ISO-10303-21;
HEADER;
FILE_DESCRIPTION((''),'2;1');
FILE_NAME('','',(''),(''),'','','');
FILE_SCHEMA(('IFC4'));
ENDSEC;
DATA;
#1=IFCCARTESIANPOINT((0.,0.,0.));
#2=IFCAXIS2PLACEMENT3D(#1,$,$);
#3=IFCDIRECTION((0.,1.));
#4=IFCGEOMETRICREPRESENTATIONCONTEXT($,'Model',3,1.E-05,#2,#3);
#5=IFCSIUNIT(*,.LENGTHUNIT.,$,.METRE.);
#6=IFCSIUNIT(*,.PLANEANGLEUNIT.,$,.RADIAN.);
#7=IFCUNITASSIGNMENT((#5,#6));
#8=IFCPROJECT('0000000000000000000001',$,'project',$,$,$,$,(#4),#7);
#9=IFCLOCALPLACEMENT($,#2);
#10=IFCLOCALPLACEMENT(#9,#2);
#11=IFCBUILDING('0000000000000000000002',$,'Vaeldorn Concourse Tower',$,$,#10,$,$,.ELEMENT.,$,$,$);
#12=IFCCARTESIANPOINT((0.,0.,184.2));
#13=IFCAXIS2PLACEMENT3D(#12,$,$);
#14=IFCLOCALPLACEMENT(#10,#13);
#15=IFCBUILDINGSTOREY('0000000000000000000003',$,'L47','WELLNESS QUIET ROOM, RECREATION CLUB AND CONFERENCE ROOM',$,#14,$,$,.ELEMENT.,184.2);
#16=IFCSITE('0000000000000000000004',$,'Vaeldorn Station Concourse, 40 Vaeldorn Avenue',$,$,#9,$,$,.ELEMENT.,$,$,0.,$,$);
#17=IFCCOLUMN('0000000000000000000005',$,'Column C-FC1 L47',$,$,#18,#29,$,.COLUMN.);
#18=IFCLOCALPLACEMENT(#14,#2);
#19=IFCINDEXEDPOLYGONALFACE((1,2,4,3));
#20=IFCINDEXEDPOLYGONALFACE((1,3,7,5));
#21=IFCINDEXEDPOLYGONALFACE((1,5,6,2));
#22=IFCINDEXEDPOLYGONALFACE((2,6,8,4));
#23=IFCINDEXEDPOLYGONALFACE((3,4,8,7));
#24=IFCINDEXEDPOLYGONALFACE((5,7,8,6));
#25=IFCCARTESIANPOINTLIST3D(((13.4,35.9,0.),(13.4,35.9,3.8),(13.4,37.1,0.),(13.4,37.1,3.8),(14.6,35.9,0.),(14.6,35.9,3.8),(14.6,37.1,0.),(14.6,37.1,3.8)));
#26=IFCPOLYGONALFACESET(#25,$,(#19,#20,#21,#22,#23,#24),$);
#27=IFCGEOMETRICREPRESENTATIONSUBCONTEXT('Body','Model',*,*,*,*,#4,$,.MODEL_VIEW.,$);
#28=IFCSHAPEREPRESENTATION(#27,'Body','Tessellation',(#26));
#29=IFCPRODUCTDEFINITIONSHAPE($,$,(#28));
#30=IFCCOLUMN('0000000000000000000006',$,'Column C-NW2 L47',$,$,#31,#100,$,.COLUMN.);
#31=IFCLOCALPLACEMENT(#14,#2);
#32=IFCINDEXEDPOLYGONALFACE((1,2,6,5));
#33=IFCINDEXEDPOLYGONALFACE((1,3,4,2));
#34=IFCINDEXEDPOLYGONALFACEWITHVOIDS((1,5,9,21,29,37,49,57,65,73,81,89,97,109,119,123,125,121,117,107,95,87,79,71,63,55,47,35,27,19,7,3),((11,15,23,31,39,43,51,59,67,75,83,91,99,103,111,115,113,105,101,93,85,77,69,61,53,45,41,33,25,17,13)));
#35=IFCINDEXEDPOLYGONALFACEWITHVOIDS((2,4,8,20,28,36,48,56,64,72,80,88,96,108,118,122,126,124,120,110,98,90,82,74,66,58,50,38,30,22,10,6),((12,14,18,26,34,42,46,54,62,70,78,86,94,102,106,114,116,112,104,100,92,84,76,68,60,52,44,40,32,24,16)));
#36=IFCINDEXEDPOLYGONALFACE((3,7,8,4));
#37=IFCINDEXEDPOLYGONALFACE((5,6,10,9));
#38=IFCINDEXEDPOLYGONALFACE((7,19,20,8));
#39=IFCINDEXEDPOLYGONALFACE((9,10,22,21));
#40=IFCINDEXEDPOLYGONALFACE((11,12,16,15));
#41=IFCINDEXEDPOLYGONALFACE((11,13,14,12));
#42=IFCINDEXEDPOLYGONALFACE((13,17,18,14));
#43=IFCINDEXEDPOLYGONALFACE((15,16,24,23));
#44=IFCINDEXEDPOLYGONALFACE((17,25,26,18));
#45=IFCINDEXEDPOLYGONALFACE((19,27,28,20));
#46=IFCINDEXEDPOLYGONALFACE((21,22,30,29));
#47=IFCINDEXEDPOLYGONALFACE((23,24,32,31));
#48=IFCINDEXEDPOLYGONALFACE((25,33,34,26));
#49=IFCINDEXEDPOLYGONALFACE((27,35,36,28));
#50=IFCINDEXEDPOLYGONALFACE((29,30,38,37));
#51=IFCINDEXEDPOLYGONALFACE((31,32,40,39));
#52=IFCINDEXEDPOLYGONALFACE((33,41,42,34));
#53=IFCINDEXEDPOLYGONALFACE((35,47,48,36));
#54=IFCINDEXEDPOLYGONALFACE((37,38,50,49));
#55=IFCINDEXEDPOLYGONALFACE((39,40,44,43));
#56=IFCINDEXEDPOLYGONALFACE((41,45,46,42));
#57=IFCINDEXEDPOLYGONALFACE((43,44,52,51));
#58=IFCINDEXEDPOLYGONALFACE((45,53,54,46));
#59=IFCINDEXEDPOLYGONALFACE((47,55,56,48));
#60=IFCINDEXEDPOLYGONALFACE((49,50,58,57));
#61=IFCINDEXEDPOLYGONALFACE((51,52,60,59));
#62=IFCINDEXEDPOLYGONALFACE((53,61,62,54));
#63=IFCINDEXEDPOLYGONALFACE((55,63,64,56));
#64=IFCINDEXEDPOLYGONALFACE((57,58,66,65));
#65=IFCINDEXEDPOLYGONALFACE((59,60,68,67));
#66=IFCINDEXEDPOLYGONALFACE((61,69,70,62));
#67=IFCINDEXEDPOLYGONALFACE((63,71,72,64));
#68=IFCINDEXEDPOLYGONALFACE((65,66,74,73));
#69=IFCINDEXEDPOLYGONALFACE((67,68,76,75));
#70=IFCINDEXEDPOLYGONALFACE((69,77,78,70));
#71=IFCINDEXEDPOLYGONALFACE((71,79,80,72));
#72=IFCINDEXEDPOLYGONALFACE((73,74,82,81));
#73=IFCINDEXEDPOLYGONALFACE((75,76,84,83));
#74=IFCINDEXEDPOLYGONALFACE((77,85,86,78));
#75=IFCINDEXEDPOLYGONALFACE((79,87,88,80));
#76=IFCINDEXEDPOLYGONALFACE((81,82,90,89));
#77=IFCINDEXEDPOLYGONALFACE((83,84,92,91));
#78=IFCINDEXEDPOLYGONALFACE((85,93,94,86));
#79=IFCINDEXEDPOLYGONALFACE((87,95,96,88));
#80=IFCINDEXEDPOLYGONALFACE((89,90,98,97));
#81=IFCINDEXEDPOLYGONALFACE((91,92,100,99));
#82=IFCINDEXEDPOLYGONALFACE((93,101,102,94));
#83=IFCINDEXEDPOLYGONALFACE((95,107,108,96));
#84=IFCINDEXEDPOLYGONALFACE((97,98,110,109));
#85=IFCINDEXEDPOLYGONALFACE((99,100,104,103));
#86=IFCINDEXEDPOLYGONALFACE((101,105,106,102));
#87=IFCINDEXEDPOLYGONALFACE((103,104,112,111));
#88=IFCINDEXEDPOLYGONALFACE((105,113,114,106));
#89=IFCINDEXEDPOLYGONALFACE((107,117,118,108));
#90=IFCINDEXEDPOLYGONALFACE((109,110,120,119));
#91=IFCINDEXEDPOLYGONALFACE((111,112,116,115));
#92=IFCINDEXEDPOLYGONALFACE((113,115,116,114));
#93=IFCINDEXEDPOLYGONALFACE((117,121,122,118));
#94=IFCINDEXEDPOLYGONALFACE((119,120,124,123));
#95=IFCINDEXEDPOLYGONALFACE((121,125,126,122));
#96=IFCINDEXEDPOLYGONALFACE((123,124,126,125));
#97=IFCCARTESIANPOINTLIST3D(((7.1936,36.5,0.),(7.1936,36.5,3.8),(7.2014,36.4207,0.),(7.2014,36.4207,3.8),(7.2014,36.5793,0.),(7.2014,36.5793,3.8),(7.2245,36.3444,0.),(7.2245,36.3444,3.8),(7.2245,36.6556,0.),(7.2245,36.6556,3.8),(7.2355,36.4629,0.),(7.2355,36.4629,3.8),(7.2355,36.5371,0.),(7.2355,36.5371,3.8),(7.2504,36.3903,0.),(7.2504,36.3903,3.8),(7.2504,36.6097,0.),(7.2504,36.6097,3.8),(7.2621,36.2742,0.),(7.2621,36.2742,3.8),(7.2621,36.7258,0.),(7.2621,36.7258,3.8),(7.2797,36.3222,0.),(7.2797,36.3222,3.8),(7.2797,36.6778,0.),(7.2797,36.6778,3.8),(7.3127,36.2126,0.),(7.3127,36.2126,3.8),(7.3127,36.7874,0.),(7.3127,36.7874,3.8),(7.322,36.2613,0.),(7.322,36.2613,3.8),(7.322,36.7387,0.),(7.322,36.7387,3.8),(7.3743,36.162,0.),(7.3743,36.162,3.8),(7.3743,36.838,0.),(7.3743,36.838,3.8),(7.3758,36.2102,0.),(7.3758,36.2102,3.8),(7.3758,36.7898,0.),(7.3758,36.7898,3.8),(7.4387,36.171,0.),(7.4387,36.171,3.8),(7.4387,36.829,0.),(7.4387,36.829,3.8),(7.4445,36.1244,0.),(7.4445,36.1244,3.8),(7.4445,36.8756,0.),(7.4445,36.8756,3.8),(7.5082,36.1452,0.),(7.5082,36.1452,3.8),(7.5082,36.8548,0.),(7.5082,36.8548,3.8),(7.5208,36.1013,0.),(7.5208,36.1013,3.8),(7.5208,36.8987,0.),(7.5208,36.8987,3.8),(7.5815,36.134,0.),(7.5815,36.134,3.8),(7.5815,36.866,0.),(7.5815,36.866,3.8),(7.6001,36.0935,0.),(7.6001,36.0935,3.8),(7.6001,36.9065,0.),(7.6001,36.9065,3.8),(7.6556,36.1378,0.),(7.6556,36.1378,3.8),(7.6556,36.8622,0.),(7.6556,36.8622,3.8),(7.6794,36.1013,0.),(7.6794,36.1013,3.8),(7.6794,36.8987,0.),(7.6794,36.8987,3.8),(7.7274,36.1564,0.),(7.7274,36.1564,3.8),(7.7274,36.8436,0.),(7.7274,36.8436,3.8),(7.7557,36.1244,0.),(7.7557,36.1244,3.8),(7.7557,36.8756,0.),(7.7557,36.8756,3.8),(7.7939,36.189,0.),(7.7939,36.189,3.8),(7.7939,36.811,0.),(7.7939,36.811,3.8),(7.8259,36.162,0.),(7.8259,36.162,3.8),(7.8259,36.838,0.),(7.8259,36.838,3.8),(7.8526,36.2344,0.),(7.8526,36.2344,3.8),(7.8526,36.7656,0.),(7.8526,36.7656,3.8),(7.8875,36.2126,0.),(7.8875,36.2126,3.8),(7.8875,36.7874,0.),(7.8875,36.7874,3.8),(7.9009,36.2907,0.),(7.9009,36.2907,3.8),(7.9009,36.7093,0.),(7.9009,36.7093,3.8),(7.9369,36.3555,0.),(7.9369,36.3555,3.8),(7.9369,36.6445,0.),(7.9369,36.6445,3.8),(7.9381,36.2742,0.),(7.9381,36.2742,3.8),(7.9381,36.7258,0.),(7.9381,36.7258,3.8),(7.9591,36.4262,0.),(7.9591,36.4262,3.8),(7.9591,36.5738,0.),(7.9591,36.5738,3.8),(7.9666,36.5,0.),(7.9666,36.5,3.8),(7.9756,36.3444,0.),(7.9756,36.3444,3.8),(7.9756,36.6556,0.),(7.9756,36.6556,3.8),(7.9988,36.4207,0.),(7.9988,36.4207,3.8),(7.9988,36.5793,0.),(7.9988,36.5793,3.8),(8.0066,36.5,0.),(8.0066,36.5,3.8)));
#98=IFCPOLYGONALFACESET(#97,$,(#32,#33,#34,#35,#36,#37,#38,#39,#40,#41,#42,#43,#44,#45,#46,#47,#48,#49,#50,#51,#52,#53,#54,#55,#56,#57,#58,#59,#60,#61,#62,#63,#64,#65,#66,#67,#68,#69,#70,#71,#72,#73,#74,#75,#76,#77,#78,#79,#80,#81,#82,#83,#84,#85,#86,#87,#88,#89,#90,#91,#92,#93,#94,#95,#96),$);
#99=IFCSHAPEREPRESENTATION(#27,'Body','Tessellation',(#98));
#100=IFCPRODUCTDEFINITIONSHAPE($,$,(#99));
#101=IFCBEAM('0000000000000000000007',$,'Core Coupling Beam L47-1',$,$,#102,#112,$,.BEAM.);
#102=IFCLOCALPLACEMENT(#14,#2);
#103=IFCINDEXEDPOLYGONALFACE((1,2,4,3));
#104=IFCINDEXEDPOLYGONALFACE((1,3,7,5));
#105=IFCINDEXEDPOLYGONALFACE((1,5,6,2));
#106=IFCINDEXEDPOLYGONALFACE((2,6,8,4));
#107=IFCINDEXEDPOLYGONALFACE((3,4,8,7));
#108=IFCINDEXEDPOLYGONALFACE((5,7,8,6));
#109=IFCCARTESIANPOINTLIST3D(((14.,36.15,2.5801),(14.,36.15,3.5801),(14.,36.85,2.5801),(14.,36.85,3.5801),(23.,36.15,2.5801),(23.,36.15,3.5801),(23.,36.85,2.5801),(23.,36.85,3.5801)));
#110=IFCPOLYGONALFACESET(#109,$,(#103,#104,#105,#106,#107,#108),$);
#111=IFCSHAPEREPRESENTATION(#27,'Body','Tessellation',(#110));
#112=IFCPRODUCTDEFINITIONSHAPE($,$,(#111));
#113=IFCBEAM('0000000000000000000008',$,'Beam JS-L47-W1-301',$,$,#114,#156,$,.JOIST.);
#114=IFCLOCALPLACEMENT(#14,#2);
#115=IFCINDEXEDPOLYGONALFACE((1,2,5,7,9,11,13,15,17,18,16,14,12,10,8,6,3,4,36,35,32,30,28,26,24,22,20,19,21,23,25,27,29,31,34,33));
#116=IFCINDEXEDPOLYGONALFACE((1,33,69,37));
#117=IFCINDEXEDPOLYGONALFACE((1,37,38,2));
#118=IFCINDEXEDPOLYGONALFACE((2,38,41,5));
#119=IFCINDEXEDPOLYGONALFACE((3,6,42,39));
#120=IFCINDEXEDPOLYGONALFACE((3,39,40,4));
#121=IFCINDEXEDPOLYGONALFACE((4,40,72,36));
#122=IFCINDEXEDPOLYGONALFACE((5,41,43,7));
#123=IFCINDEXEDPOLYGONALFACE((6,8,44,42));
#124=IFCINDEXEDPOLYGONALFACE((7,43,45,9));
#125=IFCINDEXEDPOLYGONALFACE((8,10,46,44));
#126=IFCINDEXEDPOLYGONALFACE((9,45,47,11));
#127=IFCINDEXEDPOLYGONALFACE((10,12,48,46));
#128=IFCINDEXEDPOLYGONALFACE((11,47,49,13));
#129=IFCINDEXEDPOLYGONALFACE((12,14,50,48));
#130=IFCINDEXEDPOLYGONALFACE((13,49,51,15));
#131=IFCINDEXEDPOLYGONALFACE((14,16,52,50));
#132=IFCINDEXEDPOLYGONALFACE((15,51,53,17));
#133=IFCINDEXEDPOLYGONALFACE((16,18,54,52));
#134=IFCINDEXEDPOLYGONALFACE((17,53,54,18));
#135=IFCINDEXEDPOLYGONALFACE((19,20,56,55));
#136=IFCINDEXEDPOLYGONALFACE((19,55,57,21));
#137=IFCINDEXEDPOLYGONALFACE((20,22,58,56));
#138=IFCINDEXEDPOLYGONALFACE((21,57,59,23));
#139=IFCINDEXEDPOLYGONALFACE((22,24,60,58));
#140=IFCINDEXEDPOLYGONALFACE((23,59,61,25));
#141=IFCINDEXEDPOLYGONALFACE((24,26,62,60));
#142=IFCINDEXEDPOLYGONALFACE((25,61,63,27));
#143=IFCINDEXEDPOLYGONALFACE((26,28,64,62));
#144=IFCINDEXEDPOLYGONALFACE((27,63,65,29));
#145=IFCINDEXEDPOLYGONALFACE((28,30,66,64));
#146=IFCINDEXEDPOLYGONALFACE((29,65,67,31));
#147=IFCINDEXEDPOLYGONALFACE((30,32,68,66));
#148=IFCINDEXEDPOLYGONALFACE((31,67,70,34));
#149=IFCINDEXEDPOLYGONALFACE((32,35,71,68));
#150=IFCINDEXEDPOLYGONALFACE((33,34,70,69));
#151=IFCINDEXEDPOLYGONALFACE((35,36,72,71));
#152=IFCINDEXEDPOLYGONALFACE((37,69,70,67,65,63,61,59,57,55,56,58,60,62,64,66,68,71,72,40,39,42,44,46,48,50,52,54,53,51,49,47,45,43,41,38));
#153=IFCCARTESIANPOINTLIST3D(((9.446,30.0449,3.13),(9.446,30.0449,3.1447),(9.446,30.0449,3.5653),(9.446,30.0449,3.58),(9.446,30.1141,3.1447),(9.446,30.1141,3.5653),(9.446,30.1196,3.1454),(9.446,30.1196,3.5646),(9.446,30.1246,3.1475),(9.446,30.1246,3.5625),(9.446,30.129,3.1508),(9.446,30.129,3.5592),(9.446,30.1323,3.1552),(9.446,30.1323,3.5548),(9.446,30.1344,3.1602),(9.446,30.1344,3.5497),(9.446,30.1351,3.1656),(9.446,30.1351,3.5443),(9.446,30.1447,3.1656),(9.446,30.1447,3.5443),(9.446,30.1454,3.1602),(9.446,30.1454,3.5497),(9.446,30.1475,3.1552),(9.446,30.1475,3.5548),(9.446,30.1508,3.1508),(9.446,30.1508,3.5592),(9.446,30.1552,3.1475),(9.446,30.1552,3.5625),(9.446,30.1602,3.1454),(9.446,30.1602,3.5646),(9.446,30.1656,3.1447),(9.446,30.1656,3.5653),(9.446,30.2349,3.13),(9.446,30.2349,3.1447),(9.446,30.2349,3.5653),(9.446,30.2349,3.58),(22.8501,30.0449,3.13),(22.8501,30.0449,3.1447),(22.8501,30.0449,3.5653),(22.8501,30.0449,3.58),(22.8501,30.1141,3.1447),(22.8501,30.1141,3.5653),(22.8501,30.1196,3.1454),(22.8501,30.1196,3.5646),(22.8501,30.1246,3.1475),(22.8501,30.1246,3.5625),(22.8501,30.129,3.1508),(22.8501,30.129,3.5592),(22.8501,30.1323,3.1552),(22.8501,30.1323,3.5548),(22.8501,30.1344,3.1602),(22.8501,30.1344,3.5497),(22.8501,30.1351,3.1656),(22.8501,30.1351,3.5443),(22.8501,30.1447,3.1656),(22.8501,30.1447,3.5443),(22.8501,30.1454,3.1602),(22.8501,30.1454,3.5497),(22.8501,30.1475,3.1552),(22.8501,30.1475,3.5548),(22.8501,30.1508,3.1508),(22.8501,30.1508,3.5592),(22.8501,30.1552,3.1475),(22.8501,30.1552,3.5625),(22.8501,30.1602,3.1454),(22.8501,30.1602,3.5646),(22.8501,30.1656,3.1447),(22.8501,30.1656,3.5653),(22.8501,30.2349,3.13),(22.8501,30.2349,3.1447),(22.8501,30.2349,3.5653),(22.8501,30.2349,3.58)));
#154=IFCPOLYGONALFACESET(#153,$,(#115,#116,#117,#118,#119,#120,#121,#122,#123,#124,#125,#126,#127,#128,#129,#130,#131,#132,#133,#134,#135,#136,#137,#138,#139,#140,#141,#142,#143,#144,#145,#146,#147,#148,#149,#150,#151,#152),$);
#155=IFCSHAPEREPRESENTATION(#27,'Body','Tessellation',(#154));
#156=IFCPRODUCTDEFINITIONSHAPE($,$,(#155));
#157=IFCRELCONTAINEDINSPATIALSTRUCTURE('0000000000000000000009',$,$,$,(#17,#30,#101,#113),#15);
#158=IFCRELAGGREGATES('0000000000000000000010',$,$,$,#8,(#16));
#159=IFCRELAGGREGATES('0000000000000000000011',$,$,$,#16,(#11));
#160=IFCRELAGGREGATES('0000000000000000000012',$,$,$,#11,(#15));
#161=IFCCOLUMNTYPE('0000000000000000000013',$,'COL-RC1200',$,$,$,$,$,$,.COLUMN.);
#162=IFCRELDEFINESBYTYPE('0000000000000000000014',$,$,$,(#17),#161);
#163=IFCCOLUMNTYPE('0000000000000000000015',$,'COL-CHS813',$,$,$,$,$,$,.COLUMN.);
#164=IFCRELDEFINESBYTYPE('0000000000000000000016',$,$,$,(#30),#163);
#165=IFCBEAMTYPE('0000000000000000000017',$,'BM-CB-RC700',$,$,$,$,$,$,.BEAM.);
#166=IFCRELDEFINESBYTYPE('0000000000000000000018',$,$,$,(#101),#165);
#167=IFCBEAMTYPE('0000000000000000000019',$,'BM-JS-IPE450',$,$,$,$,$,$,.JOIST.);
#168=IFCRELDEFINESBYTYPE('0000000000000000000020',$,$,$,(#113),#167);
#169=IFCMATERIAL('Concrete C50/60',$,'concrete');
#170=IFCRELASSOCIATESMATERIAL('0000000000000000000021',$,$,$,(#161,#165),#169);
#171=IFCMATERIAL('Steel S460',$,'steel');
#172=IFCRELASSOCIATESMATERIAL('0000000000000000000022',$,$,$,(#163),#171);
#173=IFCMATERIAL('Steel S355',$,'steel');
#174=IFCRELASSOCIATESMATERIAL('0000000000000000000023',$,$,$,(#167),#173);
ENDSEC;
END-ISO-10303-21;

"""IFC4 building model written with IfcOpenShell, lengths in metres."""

from ifc_helpers import new_model, si_unit, direction, frame, origin, origin_2d, place, context, subcontext, project, spatial, rectangle, hollow_circle, i_section, extrude, source, transform, mapped, material, material_profile, profile_set, type_object, element, save


model = new_model("IFC4")

# Units and contexts
model_context = context("Model", 3, precision=1e-05, world=origin(), true_north=direction((0.0, 1.0)))
body_context = subcontext(model_context, "Body", "Model", "MODEL_VIEW")
ifc_project = project(units=[si_unit("LENGTHUNIT", "METRE"), si_unit("PLANEANGLEUNIT", "RADIAN")], contexts=[model_context])

# Site, building, storey
site_placement = place(None, origin())
site = spatial("IfcSite", under=ifc_project, at=site_placement, Name="Vaeldorn Station Concourse, 40 Vaeldorn Avenue", CompositionType="ELEMENT", RefElevation=0.0)
building_placement = place(site_placement, origin())
building = spatial("IfcBuilding", under=site, at=building_placement, Name="Vaeldorn Concourse Tower", CompositionType="ELEMENT")
storey_placement = place(building_placement, frame((0.0, 0.0, 184.2)))
storey = spatial("IfcBuildingStorey", under=building, at=storey_placement, Name="L47", Description="WELLNESS QUIET ROOM, RECREATION CLUB AND CONFERENCE ROOM", CompositionType="ELEMENT", Elevation=184.2)

# Columns
ifc_material_1 = material(Name="Concrete C50/60", Category="concrete")
ifc_material_profile_1 = material_profile(ifc_material_1, rectangle(XDim=1.2, YDim=1.2, at=origin_2d()), Name="RC 1200x1200")
ifc_profile_set_1 = profile_set([ifc_material_profile_1], Name="Concrete C50/60")
column_type_1 = type_object("IfcColumnType", Name="COL-RC1200", PredefinedType="COLUMN", material=ifc_profile_set_1)
shared_shape_1 = source(origin(), body_context, "Body", "SweptSolid", [
    extrude(rectangle(XDim=1.2, YDim=1.2, at=origin_2d()), origin(), (0.0, 0.0, 1.0), 3.8),
])
column_1_placement = place(storey_placement, frame((14.0, 36.5, 0.0), z_axis=(0.0, 0.0, 1.0), x_axis=(1.0, 0.0, 0.0)))
element("IfcColumn", 1, at=column_1_placement, inside=storey, type_object=column_type_1, Name="Column C-FC1 L47", PredefinedType="COLUMN", context=body_context, shape_type="MappedRepresentation", body=[
    mapped(shared_shape_1, transform((0.0, 0.0, 0.0), scale=1.0)),
])
ifc_material_2 = material(Name="Steel S460", Category="steel")
ifc_material_profile_2 = material_profile(ifc_material_2, hollow_circle(Radius=0.4065, WallThickness=0.04, at=origin_2d()), Name="CHS 813x40")
ifc_profile_set_2 = profile_set([ifc_material_profile_2], Name="Steel S460")
column_type_2 = type_object("IfcColumnType", Name="COL-CHS813", PredefinedType="COLUMN", material=ifc_profile_set_2)
shared_shape_2 = source(origin(), body_context, "Body", "SweptSolid", [
    extrude(hollow_circle(Radius=0.4065, WallThickness=0.04, at=origin_2d()), origin(), (0.0, 0.0, 1.0), 3.8),
])
column_2_placement = place(storey_placement, frame((7.6001, 36.5, 0.0), z_axis=(0.0, 0.0, 1.0), x_axis=(1.0, 0.0, 0.0)))
element("IfcColumn", 2, at=column_2_placement, inside=storey, type_object=column_type_2, Name="Column C-NW2 L47", PredefinedType="COLUMN", context=body_context, shape_type="MappedRepresentation", body=[
    mapped(shared_shape_2, transform((0.0, 0.0, 0.0), scale=1.0)),
])

# Beams
ifc_material_profile_3 = material_profile(ifc_material_1, rectangle(XDim=0.7, YDim=1.0, at=origin_2d()), Name="RC 700x1000")
ifc_profile_set_3 = profile_set([ifc_material_profile_3], Name="Concrete C50/60")
beam_type_1 = type_object("IfcBeamType", Name="BM-CB-RC700", PredefinedType="BEAM", material=ifc_profile_set_3)
shared_shape_3 = source(origin(), body_context, "Body", "SweptSolid", [
    extrude(rectangle(XDim=0.7, YDim=1.0, at=origin_2d()), origin(), (0.0, 0.0, 1.0), 9.0),
])
beam_1_placement = place(storey_placement, frame((14.0, 36.5, 3.0801), z_axis=(1.0, 0.0, 0.0), x_axis=(0.0, 1.0, 0.0)))
element("IfcBeam", 3, at=beam_1_placement, inside=storey, type_object=beam_type_1, Name="Core Coupling Beam L47-1", PredefinedType="BEAM", context=body_context, shape_type="MappedRepresentation", body=[
    mapped(shared_shape_3, transform((0.0, 0.0, 0.0), scale=1.0)),
])
ifc_material_3 = material(Name="Steel S355", Category="steel")
ifc_material_profile_4 = material_profile(ifc_material_3, i_section(OverallWidth=0.1899, OverallDepth=0.45, WebThickness=0.0095, FlangeThickness=0.0146, FilletRadius=0.021, at=origin_2d()), Name="IPE 450")
ifc_profile_set_4 = profile_set([ifc_material_profile_4], Name="Steel S355")
beam_type_2 = type_object("IfcBeamType", Name="BM-JS-IPE450", PredefinedType="JOIST", material=ifc_profile_set_4)
shared_shape_4 = source(origin(), body_context, "Body", "SweptSolid", [
    extrude(i_section(OverallWidth=0.1899, OverallDepth=0.45, WebThickness=0.0095, FlangeThickness=0.0146, FilletRadius=0.021, at=origin_2d()), origin(), (0.0, 0.0, 1.0), 13.4041),
])
beam_2_placement = place(storey_placement, frame((9.446, 30.1399, 3.355), z_axis=(1.0, 0.0, 0.0), x_axis=(0.0, 1.0, 0.0)))
element("IfcBeam", 4, at=beam_2_placement, inside=storey, type_object=beam_type_2, Name="Beam JS-L47-W1-301", PredefinedType="JOIST", context=body_context, shape_type="MappedRepresentation", body=[
    mapped(shared_shape_4, transform((0.0, 0.0, 0.0), scale=1.0)),
])

save(model, "model.ifc")
